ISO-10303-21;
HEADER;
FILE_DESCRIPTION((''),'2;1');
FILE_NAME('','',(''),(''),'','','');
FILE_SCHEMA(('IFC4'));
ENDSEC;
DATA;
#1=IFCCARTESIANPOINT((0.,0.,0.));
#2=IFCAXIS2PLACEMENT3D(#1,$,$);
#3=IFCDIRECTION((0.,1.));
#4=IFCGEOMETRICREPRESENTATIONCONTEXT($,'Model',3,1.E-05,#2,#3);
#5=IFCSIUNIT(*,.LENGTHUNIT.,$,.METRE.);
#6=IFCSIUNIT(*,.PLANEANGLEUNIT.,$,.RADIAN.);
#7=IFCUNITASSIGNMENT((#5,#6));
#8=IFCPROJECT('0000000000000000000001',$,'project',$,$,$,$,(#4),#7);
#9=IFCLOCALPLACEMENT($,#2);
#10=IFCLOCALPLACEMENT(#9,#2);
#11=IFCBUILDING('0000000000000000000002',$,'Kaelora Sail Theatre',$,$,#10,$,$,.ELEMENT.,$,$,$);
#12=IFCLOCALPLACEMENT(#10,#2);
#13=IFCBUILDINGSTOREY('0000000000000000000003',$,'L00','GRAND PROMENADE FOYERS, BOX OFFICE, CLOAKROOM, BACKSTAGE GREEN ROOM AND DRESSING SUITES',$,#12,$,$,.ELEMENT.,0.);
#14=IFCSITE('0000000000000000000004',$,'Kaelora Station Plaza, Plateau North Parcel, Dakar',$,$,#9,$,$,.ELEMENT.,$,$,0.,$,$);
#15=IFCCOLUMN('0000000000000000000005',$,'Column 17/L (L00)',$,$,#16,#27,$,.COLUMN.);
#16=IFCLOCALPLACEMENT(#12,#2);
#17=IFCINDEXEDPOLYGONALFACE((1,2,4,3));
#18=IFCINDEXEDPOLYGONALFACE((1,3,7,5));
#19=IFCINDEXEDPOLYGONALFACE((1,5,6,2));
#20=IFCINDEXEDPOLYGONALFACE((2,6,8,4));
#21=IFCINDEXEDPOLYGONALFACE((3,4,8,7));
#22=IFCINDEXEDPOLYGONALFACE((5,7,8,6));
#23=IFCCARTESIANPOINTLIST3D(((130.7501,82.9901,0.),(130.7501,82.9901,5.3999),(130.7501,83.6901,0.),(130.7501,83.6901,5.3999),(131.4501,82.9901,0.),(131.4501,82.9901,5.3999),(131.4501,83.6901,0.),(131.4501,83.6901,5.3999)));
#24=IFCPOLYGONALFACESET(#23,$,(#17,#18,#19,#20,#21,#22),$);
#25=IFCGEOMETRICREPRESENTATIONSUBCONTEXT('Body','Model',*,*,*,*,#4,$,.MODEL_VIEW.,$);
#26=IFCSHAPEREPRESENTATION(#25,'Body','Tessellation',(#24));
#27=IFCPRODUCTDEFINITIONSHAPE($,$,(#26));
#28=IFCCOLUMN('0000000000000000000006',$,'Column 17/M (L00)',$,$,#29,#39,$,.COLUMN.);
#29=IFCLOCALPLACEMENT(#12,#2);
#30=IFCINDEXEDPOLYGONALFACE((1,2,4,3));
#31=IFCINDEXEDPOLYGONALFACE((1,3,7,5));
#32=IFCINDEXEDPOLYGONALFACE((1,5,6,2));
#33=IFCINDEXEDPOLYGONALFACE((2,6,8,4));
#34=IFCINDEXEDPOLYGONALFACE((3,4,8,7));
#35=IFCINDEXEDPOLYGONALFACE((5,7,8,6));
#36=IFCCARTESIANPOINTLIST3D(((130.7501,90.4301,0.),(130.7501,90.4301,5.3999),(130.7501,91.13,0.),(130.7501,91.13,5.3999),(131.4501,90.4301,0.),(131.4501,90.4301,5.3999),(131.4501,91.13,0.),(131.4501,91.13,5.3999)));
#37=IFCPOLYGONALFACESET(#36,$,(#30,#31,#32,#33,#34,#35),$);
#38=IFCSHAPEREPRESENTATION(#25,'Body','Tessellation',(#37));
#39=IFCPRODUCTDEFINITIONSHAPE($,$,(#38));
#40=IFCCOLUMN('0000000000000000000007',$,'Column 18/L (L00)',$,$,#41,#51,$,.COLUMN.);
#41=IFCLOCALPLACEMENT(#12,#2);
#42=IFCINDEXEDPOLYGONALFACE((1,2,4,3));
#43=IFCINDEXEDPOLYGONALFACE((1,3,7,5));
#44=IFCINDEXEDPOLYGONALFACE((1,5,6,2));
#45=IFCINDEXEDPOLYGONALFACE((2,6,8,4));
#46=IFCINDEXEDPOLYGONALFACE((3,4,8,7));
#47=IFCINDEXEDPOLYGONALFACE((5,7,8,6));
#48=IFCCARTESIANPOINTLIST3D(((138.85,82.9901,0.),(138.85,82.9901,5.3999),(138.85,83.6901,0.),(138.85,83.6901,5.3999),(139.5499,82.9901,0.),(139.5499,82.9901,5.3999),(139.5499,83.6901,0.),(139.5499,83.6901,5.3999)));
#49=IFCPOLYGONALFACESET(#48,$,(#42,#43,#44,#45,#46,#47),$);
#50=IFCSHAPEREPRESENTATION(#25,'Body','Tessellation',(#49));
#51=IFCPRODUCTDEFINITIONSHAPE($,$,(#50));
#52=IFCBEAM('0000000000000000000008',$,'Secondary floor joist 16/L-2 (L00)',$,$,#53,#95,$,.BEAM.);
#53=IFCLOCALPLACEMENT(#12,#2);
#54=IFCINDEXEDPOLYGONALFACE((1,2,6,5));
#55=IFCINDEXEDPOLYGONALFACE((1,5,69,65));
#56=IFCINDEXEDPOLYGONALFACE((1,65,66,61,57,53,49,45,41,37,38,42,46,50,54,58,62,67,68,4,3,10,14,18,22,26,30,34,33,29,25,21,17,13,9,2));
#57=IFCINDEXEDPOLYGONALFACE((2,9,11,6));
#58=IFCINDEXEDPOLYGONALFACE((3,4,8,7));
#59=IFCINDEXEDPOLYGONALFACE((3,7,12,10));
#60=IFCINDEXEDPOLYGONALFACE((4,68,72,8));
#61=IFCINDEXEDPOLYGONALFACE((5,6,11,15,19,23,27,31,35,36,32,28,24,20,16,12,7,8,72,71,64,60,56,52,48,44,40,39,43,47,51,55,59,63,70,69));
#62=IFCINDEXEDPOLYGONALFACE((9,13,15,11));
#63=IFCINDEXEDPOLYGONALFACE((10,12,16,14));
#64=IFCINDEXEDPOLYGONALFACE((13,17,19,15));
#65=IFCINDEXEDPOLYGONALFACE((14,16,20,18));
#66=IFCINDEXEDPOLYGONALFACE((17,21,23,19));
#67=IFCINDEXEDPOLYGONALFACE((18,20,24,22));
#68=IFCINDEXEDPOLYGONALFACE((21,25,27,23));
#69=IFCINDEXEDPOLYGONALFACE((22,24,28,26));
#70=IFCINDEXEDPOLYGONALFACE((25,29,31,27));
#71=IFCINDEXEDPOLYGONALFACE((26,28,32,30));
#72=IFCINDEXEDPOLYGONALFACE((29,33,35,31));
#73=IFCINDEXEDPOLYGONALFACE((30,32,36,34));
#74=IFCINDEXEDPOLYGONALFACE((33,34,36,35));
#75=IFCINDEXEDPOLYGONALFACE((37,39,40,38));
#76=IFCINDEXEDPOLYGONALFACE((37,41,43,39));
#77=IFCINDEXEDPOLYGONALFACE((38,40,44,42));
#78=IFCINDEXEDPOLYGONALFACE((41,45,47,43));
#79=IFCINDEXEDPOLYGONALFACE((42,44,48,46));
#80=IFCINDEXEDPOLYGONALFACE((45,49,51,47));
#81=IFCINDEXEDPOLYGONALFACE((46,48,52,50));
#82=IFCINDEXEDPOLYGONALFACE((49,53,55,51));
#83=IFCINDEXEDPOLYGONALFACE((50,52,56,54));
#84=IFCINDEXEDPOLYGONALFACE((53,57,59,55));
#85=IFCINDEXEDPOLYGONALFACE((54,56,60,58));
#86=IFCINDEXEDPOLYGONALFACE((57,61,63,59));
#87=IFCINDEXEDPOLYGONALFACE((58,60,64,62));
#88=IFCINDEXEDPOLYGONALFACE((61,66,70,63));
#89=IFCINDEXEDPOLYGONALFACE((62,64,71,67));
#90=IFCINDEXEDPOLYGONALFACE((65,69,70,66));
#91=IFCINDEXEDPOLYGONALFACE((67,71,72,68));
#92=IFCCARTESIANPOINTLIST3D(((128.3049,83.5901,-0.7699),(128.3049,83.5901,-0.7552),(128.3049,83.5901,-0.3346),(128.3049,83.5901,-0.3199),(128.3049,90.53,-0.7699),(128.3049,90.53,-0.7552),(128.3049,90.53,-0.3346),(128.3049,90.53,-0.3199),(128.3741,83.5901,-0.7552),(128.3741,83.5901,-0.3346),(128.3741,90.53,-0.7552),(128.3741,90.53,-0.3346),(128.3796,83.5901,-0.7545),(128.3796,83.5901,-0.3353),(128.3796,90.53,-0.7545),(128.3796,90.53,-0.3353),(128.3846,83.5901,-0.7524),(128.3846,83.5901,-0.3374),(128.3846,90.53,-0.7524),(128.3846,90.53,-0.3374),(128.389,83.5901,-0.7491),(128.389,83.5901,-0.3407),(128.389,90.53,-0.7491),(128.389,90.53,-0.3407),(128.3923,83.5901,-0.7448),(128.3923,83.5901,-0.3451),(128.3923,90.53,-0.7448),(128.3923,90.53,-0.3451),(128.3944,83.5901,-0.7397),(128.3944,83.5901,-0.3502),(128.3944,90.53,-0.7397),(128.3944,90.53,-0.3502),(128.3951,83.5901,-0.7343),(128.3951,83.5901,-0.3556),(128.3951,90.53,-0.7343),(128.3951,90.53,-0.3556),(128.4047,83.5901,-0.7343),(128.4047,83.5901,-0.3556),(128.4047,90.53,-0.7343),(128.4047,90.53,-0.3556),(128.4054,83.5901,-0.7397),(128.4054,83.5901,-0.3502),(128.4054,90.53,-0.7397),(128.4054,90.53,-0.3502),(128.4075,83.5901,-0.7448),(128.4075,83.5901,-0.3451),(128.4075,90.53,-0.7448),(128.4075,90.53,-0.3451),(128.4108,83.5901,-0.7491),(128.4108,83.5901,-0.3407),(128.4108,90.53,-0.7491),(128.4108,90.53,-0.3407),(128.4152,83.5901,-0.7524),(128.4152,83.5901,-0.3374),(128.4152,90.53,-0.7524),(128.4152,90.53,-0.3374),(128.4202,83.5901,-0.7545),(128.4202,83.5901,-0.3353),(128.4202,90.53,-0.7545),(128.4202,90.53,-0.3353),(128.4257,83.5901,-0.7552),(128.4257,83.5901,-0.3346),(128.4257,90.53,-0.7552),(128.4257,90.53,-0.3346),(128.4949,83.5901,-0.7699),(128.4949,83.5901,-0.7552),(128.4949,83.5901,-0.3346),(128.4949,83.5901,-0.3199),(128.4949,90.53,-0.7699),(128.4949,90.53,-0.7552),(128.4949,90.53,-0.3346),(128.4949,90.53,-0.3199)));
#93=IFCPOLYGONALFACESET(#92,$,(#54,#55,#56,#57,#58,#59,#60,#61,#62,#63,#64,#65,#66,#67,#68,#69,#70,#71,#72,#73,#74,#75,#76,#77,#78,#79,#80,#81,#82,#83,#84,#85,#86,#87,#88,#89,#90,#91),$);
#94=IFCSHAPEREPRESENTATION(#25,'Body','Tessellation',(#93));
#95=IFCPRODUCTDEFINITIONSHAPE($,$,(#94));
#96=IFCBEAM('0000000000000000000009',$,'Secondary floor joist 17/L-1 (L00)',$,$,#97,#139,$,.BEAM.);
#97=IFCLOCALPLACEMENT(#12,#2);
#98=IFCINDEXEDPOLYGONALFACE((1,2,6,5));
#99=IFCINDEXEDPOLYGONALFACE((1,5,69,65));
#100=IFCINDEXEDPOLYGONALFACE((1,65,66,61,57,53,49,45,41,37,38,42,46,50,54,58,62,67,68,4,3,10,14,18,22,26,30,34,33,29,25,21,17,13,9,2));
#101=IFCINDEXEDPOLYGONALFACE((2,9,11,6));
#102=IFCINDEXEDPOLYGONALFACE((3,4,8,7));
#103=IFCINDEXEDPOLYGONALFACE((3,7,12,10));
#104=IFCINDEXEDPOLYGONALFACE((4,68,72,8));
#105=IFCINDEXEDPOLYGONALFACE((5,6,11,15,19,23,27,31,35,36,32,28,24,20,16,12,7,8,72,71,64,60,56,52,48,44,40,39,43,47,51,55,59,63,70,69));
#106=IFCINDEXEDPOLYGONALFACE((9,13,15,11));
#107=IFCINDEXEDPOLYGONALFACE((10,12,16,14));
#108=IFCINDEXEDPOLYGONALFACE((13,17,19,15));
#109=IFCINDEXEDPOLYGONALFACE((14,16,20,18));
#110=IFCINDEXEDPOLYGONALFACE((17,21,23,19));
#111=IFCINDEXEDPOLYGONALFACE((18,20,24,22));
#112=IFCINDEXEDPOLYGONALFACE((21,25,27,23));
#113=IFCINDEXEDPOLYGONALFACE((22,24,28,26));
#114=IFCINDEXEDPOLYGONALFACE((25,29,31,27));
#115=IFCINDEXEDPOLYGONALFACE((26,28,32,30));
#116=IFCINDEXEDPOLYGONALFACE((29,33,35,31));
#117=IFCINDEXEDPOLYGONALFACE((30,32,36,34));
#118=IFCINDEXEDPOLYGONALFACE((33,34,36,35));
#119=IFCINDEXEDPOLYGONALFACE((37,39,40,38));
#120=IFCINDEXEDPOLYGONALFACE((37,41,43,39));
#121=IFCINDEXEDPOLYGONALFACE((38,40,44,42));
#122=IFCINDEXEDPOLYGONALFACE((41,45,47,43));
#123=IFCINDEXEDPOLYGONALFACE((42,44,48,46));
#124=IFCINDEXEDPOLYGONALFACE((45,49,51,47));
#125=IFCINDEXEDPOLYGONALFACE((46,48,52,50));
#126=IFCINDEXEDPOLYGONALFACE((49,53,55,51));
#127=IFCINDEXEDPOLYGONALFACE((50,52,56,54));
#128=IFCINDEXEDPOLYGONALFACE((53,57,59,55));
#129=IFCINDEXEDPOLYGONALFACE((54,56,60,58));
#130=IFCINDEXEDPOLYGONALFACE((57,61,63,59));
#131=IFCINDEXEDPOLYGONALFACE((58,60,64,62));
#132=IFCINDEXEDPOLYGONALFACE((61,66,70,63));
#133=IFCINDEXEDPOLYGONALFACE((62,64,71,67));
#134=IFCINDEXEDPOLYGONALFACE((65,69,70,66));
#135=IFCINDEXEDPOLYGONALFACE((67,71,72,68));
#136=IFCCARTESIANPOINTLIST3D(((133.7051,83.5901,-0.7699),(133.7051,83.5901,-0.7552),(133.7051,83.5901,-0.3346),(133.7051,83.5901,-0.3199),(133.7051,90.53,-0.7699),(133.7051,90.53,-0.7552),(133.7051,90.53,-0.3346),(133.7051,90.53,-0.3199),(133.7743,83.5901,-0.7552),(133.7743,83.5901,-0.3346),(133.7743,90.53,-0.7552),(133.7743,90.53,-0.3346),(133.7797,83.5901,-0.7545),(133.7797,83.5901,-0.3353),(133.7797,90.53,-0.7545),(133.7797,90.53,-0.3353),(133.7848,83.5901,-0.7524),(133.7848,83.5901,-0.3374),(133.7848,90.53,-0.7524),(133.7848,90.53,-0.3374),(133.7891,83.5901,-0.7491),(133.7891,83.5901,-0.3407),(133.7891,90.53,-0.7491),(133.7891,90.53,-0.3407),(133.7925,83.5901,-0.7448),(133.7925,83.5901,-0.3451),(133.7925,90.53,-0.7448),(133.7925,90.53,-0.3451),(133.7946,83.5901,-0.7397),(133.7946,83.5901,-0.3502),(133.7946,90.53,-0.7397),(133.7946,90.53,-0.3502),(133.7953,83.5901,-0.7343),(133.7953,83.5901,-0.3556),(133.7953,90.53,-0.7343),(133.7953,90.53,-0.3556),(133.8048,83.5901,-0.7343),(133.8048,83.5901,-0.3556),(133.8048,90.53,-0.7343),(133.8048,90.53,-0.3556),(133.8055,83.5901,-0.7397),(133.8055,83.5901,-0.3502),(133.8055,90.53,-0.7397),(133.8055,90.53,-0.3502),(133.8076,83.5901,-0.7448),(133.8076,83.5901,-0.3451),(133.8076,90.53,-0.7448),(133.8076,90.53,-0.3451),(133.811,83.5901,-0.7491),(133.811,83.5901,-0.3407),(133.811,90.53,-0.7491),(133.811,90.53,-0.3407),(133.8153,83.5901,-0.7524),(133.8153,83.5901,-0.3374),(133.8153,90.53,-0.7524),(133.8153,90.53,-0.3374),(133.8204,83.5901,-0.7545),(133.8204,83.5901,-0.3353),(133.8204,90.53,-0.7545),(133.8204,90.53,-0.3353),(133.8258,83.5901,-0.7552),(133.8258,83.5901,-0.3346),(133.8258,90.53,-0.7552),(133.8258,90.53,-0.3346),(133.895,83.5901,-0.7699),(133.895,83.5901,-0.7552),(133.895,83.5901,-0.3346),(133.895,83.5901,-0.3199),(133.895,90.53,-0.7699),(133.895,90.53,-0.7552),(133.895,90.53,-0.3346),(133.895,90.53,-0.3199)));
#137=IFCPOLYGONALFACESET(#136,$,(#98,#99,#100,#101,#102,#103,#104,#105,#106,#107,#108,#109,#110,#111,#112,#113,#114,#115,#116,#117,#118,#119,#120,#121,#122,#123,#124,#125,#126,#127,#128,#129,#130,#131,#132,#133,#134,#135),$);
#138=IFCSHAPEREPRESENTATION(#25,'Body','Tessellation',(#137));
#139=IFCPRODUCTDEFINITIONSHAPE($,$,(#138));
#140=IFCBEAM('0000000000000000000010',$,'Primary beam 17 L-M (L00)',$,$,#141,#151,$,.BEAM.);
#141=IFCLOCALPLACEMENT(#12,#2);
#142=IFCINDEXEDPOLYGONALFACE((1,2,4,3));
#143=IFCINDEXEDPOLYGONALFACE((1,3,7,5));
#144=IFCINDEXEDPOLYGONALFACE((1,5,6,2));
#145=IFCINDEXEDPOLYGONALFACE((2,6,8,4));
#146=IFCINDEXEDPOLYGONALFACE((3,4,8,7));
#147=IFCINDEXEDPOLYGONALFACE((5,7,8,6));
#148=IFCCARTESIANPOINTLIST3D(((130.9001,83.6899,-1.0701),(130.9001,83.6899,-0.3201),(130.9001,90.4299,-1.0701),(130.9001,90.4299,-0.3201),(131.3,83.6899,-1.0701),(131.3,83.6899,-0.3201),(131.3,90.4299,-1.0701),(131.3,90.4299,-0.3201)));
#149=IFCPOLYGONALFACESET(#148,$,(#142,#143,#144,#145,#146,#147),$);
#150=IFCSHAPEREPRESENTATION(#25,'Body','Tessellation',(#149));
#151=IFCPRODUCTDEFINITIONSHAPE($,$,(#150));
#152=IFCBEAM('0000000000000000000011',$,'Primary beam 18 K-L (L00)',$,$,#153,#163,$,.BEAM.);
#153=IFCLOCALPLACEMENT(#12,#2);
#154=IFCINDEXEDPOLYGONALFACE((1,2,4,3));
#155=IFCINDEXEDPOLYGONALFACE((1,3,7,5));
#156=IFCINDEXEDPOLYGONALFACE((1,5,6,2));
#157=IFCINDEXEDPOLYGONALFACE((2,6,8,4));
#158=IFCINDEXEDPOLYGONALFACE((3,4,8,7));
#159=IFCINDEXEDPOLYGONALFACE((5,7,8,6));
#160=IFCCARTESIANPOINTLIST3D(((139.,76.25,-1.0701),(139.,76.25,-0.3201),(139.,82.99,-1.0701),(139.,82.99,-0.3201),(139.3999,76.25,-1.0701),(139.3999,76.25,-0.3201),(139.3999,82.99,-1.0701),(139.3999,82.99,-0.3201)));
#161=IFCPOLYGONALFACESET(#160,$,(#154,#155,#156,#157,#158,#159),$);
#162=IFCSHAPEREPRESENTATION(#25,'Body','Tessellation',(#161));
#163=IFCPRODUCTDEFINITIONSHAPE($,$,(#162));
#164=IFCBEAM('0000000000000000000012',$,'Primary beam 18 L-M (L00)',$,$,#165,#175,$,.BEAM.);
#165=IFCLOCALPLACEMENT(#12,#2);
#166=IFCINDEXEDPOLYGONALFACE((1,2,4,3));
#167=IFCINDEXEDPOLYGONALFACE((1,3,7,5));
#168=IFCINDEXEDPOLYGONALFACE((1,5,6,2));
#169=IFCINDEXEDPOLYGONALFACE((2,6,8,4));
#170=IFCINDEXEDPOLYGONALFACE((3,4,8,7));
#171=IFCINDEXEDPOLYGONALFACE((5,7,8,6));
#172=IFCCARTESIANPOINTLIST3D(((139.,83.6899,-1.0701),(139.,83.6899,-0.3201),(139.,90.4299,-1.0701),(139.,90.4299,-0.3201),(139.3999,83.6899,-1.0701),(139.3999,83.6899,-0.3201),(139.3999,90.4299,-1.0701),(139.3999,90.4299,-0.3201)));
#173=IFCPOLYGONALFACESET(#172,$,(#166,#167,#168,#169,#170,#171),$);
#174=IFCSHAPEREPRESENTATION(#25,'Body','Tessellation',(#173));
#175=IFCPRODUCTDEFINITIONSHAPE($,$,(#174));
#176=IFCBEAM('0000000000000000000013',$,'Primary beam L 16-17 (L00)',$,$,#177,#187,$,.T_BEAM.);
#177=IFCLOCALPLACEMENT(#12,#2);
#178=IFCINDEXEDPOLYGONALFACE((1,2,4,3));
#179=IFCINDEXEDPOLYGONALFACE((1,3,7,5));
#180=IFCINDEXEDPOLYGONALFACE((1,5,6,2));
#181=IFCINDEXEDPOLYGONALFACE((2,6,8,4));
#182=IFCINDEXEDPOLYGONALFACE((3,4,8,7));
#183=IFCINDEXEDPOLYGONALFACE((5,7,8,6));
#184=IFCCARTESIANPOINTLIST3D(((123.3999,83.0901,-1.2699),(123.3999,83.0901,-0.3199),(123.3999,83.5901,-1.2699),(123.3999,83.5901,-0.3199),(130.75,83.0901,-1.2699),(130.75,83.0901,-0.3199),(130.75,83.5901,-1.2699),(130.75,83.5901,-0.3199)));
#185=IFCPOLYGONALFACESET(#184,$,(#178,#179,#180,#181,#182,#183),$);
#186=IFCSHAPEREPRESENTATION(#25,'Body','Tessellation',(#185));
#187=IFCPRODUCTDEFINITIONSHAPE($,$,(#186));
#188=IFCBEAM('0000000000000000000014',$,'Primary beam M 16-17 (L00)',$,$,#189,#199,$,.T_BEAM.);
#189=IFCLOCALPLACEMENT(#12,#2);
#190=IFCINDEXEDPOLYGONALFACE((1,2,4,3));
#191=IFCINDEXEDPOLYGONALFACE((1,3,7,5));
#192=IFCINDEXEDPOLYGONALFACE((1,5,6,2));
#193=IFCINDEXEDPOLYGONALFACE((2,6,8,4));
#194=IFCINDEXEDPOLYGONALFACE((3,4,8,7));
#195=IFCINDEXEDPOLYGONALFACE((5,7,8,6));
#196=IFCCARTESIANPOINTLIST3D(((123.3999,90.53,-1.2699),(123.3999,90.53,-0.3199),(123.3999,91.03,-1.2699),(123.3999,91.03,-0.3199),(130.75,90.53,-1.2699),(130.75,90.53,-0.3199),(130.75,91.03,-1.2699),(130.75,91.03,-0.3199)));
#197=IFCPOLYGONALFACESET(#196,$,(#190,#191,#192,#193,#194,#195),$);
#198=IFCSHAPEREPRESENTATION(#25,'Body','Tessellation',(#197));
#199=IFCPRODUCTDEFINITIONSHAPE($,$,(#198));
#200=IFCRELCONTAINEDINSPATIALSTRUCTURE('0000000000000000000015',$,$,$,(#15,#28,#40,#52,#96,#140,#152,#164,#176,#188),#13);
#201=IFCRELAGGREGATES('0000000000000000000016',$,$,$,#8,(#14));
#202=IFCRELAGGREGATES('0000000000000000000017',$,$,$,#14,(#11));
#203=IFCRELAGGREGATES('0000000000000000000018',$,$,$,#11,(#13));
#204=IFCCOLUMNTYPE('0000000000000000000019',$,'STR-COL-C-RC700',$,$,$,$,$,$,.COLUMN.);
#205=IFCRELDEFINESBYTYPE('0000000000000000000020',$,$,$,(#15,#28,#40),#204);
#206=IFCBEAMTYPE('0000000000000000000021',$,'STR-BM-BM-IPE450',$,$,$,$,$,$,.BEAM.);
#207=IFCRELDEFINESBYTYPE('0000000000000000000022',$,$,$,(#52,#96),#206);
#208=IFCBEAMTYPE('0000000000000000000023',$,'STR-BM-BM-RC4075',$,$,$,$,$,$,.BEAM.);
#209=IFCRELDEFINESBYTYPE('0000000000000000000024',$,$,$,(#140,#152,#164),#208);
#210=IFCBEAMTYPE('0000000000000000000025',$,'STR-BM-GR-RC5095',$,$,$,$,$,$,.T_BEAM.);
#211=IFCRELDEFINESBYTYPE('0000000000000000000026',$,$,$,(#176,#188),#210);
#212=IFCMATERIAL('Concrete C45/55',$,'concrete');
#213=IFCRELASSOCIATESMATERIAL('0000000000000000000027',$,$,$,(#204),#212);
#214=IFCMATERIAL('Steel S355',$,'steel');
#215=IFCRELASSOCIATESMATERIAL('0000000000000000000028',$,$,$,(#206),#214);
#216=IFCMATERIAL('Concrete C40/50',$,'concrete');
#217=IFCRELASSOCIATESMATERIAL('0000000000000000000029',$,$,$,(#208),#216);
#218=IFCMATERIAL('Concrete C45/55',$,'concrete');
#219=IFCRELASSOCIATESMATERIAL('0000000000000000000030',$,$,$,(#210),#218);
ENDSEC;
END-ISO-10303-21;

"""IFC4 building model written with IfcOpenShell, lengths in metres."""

from ifc_helpers import new_model, si_unit, direction, frame, origin, origin_2d, place, context, subcontext, project, spatial, rectangle, i_section, extrude, material, material_profile, profile_set, type_object, element, save


model = new_model("IFC4")

# Units and contexts
model_context = context("Model", 3, precision=1e-05, world=origin(), true_north=direction((0.0, 1.0)))
body_context = subcontext(model_context, "Body", "Model", "MODEL_VIEW")
ifc_project = project(units=[si_unit("LENGTHUNIT", "METRE"), si_unit("PLANEANGLEUNIT", "RADIAN")], contexts=[model_context])

# Site, building, storey
site_placement = place(None, origin())
site = spatial("IfcSite", under=ifc_project, at=site_placement, Name="Kaelora Station Plaza, Plateau North Parcel, Dakar", CompositionType="ELEMENT", RefElevation=0.0)
building_placement = place(site_placement, origin())
building = spatial("IfcBuilding", under=site, at=building_placement, Name="Kaelora Sail Theatre", CompositionType="ELEMENT")
storey_placement = place(building_placement, origin())
storey = spatial("IfcBuildingStorey", under=building, at=storey_placement, Name="L00", Description="GRAND PROMENADE FOYERS, BOX OFFICE, CLOAKROOM, BACKSTAGE GREEN ROOM AND DRESSING SUITES", CompositionType="ELEMENT", Elevation=0.0)

# Columns
ifc_material_1 = material(Name="Concrete C45/55", Category="concrete")
ifc_material_profile_1 = material_profile(ifc_material_1, rectangle(XDim=0.7, YDim=0.7, at=origin_2d()), Name="RC-COL 700x700")
ifc_profile_set_1 = profile_set([ifc_material_profile_1], Name="Concrete C45/55")
column_type = type_object("IfcColumnType", Name="STR-COL-C-RC700", PredefinedType="COLUMN", material=ifc_profile_set_1)
for number, where, z_axis, x_axis, name in (
    (1, (131.1001, 83.3401, 0.0), (0.0, 0.0, 1.0), (1.0, 0.0, 0.0), "Column 17/L (L00)"),
    (2, (131.1001, 90.78, 0.0), (0.0, 0.0, 1.0), (1.0, 0.0, 0.0), "Column 17/M (L00)"),
    (3, (139.2, 83.3401, 0.0), (0.0, 0.0, 1.0), (1.0, 0.0, 0.0), "Column 18/L (L00)"),
):
    element("IfcColumn", number, at=place(storey_placement, frame(where, z_axis=z_axis, x_axis=x_axis)), inside=storey, type_object=column_type, Name=name, PredefinedType="COLUMN", context=body_context, shape_type="SweptSolid", body=[
        extrude(rectangle(XDim=0.7, YDim=0.7, at=origin_2d()), origin(), (0.0, 0.0, 1.0), 5.3999),
    ])

# Beams
ifc_material_2 = material(Name="Steel S355", Category="steel")
ifc_material_profile_2 = material_profile(ifc_material_2, i_section(OverallWidth=0.1899, OverallDepth=0.45, WebThickness=0.0095, FlangeThickness=0.0146, FilletRadius=0.021, at=origin_2d()), Name="IPE 450")
ifc_profile_set_2 = profile_set([ifc_material_profile_2], Name="Steel S355")
beam_type_1 = type_object("IfcBeamType", Name="STR-BM-BM-IPE450", PredefinedType="BEAM", material=ifc_profile_set_2)
for number, where, z_axis, x_axis, name in (
    (4, (128.3999, 83.5901, -0.5449), (0.0, 1.0, 0.0), (-1.0, 0.0, 0.0), "Secondary floor joist 16/L-2 (L00)"),
    (5, (133.8, 83.5901, -0.5449), (0.0, 1.0, 0.0), (-1.0, 0.0, 0.0), "Secondary floor joist 17/L-1 (L00)"),
):
    element("IfcBeam", number, at=place(storey_placement, frame(where, z_axis=z_axis, x_axis=x_axis)), inside=storey, type_object=beam_type_1, Name=name, PredefinedType="BEAM", context=body_context, shape_type="SweptSolid", body=[
        extrude(i_section(OverallWidth=0.1899, OverallDepth=0.45, WebThickness=0.0095, FlangeThickness=0.0146, FilletRadius=0.021, at=origin_2d()), origin(), (0.0, 0.0, 1.0), 6.9399),
    ])
ifc_material_3 = material(Name="Concrete C40/50", Category="concrete")
ifc_material_profile_3 = material_profile(ifc_material_3, rectangle(XDim=0.3999, YDim=0.75, at=origin_2d()), Name="RC-BM 400x750")
ifc_profile_set_3 = profile_set([ifc_material_profile_3], Name="Concrete C40/50")
beam_type_2 = type_object("IfcBeamType", Name="STR-BM-BM-RC4075", PredefinedType="BEAM", material=ifc_profile_set_3)
for number, where, z_axis, x_axis, name in (
    (6, (131.1001, 83.6899, -0.6951), (0.0, 1.0, 0.0), (-1.0, 0.0, 0.0), "Primary beam 17 L-M (L00)"),
    (7, (139.2, 76.25, -0.6951), (0.0, 1.0, 0.0), (-1.0, 0.0, 0.0), "Primary beam 18 K-L (L00)"),
    (8, (139.2, 83.6899, -0.6951), (0.0, 1.0, 0.0), (-1.0, 0.0, 0.0), "Primary beam 18 L-M (L00)"),
):
    element("IfcBeam", number, at=place(storey_placement, frame(where, z_axis=z_axis, x_axis=x_axis)), inside=storey, type_object=beam_type_2, Name=name, PredefinedType="BEAM", context=body_context, shape_type="SweptSolid", body=[
        extrude(rectangle(XDim=0.3999, YDim=0.75, at=origin_2d()), origin(), (0.0, 0.0, 1.0), 6.74),
    ])
ifc_material_4 = material(Name="Concrete C45/55", Category="concrete")
ifc_material_profile_4 = material_profile(ifc_material_4, rectangle(XDim=0.5, YDim=0.95, at=origin_2d()), Name="RC-GRD 500x950")
ifc_profile_set_4 = profile_set([ifc_material_profile_4], Name="Concrete C45/55")
beam_type_3 = type_object("IfcBeamType", Name="STR-BM-GR-RC5095", PredefinedType="T_BEAM", material=ifc_profile_set_4)
for number, where, z_axis, x_axis, name in (
    (9, (123.3999, 83.3401, -0.7949), (1.0, 0.0, 0.0), (0.0, 1.0, 0.0), "Primary beam L 16-17 (L00)"),
    (10, (123.3999, 90.78, -0.7949), (1.0, 0.0, 0.0), (0.0, 1.0, 0.0), "Primary beam M 16-17 (L00)"),
):
    element("IfcBeam", number, at=place(storey_placement, frame(where, z_axis=z_axis, x_axis=x_axis)), inside=storey, type_object=beam_type_3, Name=name, PredefinedType="T_BEAM", context=body_context, shape_type="SweptSolid", body=[
        extrude(rectangle(XDim=0.5, YDim=0.95, at=origin_2d()), origin(), (0.0, 0.0, 1.0), 7.3501),
    ])

save(model, "model.ifc")
